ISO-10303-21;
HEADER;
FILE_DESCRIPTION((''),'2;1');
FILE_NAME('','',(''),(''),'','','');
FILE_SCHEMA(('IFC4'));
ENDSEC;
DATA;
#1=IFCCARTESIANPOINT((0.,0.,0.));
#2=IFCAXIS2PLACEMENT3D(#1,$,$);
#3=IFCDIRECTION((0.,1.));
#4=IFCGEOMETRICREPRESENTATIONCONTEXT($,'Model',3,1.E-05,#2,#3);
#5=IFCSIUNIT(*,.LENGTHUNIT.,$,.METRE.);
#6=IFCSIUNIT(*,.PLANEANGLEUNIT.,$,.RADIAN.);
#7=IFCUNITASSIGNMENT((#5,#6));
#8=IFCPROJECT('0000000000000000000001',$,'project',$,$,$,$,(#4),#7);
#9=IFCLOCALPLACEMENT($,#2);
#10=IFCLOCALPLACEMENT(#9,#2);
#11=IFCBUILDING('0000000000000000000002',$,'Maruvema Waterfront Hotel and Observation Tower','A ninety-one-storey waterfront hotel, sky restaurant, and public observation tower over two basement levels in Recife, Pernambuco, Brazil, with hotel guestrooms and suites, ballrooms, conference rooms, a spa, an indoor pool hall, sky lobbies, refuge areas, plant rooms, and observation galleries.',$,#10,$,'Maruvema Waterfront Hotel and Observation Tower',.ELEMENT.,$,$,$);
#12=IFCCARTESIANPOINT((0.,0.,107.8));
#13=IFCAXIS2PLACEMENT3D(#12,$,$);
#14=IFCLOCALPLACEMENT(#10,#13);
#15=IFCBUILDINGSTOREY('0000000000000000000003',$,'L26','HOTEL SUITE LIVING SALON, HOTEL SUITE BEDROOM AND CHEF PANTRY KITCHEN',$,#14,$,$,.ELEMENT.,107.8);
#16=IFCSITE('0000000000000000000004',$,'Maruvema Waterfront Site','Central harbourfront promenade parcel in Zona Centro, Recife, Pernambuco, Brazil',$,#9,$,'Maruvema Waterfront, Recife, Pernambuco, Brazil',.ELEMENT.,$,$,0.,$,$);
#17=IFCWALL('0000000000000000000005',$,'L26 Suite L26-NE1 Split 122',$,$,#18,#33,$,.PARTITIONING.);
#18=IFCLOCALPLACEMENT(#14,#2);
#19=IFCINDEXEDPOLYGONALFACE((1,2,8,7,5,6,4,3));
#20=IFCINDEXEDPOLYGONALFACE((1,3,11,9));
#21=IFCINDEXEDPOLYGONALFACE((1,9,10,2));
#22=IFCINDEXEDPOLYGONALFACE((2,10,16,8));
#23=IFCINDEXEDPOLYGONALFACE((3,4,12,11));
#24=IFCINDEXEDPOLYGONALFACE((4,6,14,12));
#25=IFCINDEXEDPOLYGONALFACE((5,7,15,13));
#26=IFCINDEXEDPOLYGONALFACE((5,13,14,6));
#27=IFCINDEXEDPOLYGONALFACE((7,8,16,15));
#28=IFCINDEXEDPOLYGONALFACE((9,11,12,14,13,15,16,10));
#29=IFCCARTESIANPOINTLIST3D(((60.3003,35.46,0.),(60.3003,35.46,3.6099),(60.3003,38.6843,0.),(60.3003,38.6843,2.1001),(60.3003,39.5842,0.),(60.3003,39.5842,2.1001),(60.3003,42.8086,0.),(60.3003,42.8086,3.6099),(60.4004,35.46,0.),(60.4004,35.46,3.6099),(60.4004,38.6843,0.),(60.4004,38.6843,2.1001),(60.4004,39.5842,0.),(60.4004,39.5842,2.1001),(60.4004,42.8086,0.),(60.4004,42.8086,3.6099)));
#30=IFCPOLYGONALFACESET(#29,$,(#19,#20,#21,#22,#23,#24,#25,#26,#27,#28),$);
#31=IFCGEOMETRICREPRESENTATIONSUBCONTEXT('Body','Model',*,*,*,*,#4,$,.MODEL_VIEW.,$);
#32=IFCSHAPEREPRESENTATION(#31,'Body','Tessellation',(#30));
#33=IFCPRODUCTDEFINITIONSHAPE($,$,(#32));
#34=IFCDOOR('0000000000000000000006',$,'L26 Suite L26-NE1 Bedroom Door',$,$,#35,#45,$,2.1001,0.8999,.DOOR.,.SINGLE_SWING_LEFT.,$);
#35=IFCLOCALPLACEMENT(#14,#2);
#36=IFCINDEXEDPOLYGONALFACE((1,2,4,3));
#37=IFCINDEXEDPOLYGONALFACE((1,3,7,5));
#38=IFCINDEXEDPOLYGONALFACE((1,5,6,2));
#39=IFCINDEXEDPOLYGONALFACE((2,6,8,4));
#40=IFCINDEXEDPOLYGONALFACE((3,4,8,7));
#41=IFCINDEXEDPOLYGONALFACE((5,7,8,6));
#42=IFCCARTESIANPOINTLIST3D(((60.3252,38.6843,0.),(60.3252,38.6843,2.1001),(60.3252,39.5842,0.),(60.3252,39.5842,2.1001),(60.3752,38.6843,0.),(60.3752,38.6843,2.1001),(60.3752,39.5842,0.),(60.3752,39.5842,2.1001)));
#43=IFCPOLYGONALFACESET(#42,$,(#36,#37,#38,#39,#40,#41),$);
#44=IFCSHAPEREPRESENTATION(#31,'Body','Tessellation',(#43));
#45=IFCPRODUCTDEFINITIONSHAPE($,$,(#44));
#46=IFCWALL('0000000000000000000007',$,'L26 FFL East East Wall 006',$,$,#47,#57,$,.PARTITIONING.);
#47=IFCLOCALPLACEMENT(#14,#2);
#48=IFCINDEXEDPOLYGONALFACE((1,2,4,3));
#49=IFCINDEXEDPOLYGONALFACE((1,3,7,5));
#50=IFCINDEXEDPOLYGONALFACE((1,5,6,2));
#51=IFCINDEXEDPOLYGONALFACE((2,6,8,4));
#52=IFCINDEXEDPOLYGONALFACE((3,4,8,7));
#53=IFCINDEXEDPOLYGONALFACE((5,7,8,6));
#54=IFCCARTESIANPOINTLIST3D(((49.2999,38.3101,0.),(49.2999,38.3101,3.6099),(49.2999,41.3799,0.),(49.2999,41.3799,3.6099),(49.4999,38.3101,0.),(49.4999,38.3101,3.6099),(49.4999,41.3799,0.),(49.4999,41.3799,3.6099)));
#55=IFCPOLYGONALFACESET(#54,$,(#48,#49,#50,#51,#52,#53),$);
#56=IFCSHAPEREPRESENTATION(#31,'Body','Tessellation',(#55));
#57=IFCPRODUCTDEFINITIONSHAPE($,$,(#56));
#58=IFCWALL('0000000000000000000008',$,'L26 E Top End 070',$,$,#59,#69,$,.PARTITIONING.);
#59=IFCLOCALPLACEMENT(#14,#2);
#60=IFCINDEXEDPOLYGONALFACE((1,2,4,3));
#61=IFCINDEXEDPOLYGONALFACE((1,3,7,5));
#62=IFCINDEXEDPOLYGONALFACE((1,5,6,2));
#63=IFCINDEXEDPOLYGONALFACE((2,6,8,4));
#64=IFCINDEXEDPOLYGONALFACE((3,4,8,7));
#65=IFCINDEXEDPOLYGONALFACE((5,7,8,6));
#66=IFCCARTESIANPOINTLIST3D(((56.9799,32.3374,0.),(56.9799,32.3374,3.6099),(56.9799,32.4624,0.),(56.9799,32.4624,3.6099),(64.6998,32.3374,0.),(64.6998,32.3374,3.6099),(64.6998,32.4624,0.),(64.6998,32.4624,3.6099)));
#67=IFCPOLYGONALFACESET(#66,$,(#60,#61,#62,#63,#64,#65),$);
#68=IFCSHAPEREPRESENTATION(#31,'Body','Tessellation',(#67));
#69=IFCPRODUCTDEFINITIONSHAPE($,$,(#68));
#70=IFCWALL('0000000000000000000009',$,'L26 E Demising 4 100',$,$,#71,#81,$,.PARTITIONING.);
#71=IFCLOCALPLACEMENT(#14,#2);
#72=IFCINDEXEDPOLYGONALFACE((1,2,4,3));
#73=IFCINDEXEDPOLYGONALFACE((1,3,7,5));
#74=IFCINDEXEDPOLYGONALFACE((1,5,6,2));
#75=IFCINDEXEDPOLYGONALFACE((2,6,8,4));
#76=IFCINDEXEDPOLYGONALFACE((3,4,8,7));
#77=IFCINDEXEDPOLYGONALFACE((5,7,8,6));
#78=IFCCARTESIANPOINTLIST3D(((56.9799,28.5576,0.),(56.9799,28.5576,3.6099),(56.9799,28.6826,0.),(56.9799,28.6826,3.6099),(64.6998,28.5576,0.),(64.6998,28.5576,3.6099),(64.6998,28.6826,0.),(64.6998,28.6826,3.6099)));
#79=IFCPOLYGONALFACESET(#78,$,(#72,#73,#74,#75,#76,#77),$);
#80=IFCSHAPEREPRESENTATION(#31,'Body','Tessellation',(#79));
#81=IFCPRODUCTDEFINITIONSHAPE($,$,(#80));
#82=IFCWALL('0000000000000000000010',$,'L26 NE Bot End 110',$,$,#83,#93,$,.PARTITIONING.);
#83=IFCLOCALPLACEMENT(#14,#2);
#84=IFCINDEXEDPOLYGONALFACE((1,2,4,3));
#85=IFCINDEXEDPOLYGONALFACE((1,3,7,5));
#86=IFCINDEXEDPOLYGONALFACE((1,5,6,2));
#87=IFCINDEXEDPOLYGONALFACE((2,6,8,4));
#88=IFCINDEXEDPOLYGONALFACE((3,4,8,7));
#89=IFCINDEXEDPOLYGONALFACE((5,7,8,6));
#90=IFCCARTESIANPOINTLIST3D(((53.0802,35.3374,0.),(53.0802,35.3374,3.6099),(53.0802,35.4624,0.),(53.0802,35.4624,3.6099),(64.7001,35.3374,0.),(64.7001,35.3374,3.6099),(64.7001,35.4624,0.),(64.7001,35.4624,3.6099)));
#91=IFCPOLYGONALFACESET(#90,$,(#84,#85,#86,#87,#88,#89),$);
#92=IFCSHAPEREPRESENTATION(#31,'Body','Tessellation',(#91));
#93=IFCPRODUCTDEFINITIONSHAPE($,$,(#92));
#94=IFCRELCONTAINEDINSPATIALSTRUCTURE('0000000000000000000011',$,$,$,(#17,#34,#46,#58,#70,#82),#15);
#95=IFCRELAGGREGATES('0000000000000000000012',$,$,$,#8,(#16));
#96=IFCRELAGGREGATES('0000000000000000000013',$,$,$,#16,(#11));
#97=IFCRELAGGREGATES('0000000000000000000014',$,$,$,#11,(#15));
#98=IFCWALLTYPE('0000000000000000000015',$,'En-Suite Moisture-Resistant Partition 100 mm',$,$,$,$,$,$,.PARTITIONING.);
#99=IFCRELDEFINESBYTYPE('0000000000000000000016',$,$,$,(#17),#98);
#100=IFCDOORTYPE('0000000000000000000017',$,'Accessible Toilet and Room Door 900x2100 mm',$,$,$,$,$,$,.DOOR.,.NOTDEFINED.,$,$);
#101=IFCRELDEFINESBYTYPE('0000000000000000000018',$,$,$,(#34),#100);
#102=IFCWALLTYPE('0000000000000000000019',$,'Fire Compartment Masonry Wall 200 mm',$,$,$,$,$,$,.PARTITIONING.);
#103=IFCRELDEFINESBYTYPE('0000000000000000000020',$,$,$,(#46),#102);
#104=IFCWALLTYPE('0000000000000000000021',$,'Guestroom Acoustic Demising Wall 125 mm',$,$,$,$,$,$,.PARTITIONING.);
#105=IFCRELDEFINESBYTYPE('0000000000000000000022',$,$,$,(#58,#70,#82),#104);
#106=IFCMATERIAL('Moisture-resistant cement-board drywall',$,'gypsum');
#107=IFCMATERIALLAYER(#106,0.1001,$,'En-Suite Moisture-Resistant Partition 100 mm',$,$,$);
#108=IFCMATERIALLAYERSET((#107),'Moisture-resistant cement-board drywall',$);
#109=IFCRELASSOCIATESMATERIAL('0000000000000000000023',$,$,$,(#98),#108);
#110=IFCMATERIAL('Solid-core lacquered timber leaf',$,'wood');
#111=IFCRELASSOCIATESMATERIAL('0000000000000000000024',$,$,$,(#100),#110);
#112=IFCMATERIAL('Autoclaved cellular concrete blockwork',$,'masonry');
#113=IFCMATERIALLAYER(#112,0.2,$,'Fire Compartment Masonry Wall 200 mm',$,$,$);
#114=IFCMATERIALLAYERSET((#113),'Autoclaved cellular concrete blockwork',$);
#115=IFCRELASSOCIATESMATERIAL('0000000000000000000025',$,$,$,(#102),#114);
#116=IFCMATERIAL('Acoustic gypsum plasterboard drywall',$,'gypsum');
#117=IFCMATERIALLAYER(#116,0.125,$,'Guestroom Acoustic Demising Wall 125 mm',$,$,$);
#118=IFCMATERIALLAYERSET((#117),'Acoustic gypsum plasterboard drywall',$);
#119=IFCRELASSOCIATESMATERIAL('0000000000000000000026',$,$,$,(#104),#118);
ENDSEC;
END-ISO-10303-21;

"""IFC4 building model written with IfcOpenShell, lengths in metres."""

from ifc_helpers import new_model, si_unit, direction, frame, frame_2d, origin, place, context, subcontext, project, spatial, rectangle, extrude, material, layer, layer_set, type_object, element, fill, save


model = new_model("IFC4")

# Units and contexts
model_context = context("Model", 3, precision=1e-05, world=origin(), true_north=direction((0.0, 1.0)))
body_context = subcontext(model_context, "Body", "Model", "MODEL_VIEW")
ifc_project = project(units=[si_unit("LENGTHUNIT", "METRE"), si_unit("PLANEANGLEUNIT", "RADIAN")], contexts=[model_context])

# Site, building, storey
site_placement = place(None, origin())
site = spatial("IfcSite", under=ifc_project, at=site_placement, Name="Maruvema Waterfront Site", Description="Central harbourfront promenade parcel in Zona Centro, Recife, Pernambuco, Brazil", LongName="Maruvema Waterfront, Recife, Pernambuco, Brazil", CompositionType="ELEMENT", RefElevation=0.0)
building_placement = place(site_placement, origin())
building = spatial("IfcBuilding", under=site, at=building_placement, Name="Maruvema Waterfront Hotel and Observation Tower", Description="A ninety-one-storey waterfront hotel, sky restaurant, and public observation tower over two basement levels in Recife, Pernambuco, Brazil, with hotel guestrooms and suites, ballrooms, conference rooms, a spa, an indoor pool hall, sky lobbies, refuge areas, plant rooms, and observation galleries.", LongName="Maruvema Waterfront Hotel and Observation Tower", CompositionType="ELEMENT")
storey_placement = place(building_placement, frame((0.0, 0.0, 107.8)))
storey = spatial("IfcBuildingStorey", under=building, at=storey_placement, Name="L26", Description="HOTEL SUITE LIVING SALON, HOTEL SUITE BEDROOM AND CHEF PANTRY KITCHEN", CompositionType="ELEMENT", Elevation=107.8)

# Shared definitions
ifc_material_1 = material(Name="Moisture-resistant cement-board drywall", Category="gypsum")
ifc_layer_1 = layer(ifc_material_1, 0.1001, Name="En-Suite Moisture-Resistant Partition 100 mm")
ifc_layer_set_1 = layer_set([ifc_layer_1], Name="Moisture-resistant cement-board drywall")
wall_type_1 = type_object("IfcWallType", Name="En-Suite Moisture-Resistant Partition 100 mm", PredefinedType="PARTITIONING", material=ifc_layer_set_1)

# Wall, opening, door
wall_1_placement = place(storey_placement, frame((60.3503, 35.46, 0.0), z_axis=(0.0, 0.0, 1.0), x_axis=(0.0, 1.0, 0.0)))
wall_1 = element("IfcWall", 1, at=wall_1_placement, inside=storey, type_object=wall_type_1, Name="L26 Suite L26-NE1 Split 122", PredefinedType="PARTITIONING", context=body_context, shape_type="SweptSolid", body=[
    extrude(rectangle(XDim=7.3486, YDim=0.1001, at=frame_2d((3.6743, 0.0))), origin(), (0.0, 0.0, 1.0), 3.6099),
])
opening_1_placement = place(wall_1_placement, frame((3.2244, 0.0, 0.0)))
opening_1 = element("IfcOpeningElement", 2, at=opening_1_placement, cuts=wall_1, PredefinedType="OPENING", context=body_context, shape_type="SweptSolid", body=[
    extrude(rectangle(XDim=0.8999, YDim=2.1001, at=frame_2d((0.45, 1.05))), frame((0.0, 0.0601, 0.0), z_axis=(0.0, -1.0, 0.0), x_axis=(1.0, 0.0, 0.0)), (0.0, 0.0, 1.0), 0.1201),
])
ifc_material_2 = material(Name="Solid-core lacquered timber leaf", Category="wood")
door_type_1 = type_object("IfcDoorType", Name="Accessible Toilet and Room Door 900x2100 mm", OperationType="NOTDEFINED", PredefinedType="DOOR", material=ifc_material_2)
door_1_placement = place(opening_1_placement, frame((0.8999, 0.0, 0.0), z_axis=(0.0, 0.0, 1.0), x_axis=(-1.0, 0.0, 0.0)))
door_1 = element("IfcDoor", 3, at=door_1_placement, inside=storey, type_object=door_type_1, Name="L26 Suite L26-NE1 Bedroom Door", OperationType="SINGLE_SWING_LEFT", OverallHeight=2.1001, OverallWidth=0.8999, PredefinedType="DOOR", context=body_context, shape_type="SweptSolid", body=[
    extrude(rectangle(XDim=0.8999, YDim=2.1001, at=frame_2d((0.45, 1.05))), frame((0.0, 0.0249, 0.0), z_axis=(0.0, -1.0, 0.0), x_axis=(1.0, 0.0, 0.0)), (0.0, 0.0, 1.0), 0.05),
])
fill(opening_1, door_1)

# Walls
ifc_material_3 = material(Name="Autoclaved cellular concrete blockwork", Category="masonry")
ifc_layer_2 = layer(ifc_material_3, 0.2, Name="Fire Compartment Masonry Wall 200 mm")
ifc_layer_set_2 = layer_set([ifc_layer_2], Name="Autoclaved cellular concrete blockwork")
wall_type_2 = type_object("IfcWallType", Name="Fire Compartment Masonry Wall 200 mm", PredefinedType="PARTITIONING", material=ifc_layer_set_2)
wall_2_placement = place(storey_placement, frame((49.3999, 38.3101, 0.0), z_axis=(0.0, 0.0, 1.0), x_axis=(0.0, 1.0, 0.0)))
element("IfcWall", 4, at=wall_2_placement, inside=storey, type_object=wall_type_2, Name="L26 FFL East East Wall 006", PredefinedType="PARTITIONING", context=body_context, shape_type="SweptSolid", body=[
    extrude(rectangle(XDim=3.0698, YDim=0.2, at=frame_2d((1.5349, 0.0))), origin(), (0.0, 0.0, 1.0), 3.6099),
])
ifc_material_4 = material(Name="Acoustic gypsum plasterboard drywall", Category="gypsum")
ifc_layer_3 = layer(ifc_material_4, 0.125, Name="Guestroom Acoustic Demising Wall 125 mm")
ifc_layer_set_3 = layer_set([ifc_layer_3], Name="Acoustic gypsum plasterboard drywall")
wall_type_3 = type_object("IfcWallType", Name="Guestroom Acoustic Demising Wall 125 mm", PredefinedType="PARTITIONING", material=ifc_layer_set_3)
for number, where, z_axis, x_axis, name in (
    (5, (56.98, 32.3999, 0.0), (0.0, 0.0, 1.0), (1.0, 0.0, 0.0), "L26 E Top End 070"),
    (6, (56.98, 28.6201, 0.0), (0.0, 0.0, 1.0), (1.0, 0.0, 0.0), "L26 E Demising 4 100"),
):
    element("IfcWall", number, at=place(storey_placement, frame(where, z_axis=z_axis, x_axis=x_axis)), inside=storey, type_object=wall_type_3, Name=name, PredefinedType="PARTITIONING", context=body_context, shape_type="SweptSolid", body=[
        extrude(rectangle(XDim=7.72, YDim=0.125, at=frame_2d((3.8599, 0.0))), origin(), (0.0, 0.0, 1.0), 3.6099),
    ])
wall_3_placement = place(storey_placement, frame((53.0801, 35.3999, 0.0), z_axis=(0.0, 0.0, 1.0), x_axis=(1.0, 0.0, 0.0)))
element("IfcWall", 7, at=wall_3_placement, inside=storey, type_object=wall_type_3, Name="L26 NE Bot End 110", PredefinedType="PARTITIONING", context=body_context, shape_type="SweptSolid", body=[
    extrude(rectangle(XDim=11.6199, YDim=0.125, at=frame_2d((5.8101, 0.0))), origin(), (0.0, 0.0, 1.0), 3.6099),
])

save(model, "model.ifc")
